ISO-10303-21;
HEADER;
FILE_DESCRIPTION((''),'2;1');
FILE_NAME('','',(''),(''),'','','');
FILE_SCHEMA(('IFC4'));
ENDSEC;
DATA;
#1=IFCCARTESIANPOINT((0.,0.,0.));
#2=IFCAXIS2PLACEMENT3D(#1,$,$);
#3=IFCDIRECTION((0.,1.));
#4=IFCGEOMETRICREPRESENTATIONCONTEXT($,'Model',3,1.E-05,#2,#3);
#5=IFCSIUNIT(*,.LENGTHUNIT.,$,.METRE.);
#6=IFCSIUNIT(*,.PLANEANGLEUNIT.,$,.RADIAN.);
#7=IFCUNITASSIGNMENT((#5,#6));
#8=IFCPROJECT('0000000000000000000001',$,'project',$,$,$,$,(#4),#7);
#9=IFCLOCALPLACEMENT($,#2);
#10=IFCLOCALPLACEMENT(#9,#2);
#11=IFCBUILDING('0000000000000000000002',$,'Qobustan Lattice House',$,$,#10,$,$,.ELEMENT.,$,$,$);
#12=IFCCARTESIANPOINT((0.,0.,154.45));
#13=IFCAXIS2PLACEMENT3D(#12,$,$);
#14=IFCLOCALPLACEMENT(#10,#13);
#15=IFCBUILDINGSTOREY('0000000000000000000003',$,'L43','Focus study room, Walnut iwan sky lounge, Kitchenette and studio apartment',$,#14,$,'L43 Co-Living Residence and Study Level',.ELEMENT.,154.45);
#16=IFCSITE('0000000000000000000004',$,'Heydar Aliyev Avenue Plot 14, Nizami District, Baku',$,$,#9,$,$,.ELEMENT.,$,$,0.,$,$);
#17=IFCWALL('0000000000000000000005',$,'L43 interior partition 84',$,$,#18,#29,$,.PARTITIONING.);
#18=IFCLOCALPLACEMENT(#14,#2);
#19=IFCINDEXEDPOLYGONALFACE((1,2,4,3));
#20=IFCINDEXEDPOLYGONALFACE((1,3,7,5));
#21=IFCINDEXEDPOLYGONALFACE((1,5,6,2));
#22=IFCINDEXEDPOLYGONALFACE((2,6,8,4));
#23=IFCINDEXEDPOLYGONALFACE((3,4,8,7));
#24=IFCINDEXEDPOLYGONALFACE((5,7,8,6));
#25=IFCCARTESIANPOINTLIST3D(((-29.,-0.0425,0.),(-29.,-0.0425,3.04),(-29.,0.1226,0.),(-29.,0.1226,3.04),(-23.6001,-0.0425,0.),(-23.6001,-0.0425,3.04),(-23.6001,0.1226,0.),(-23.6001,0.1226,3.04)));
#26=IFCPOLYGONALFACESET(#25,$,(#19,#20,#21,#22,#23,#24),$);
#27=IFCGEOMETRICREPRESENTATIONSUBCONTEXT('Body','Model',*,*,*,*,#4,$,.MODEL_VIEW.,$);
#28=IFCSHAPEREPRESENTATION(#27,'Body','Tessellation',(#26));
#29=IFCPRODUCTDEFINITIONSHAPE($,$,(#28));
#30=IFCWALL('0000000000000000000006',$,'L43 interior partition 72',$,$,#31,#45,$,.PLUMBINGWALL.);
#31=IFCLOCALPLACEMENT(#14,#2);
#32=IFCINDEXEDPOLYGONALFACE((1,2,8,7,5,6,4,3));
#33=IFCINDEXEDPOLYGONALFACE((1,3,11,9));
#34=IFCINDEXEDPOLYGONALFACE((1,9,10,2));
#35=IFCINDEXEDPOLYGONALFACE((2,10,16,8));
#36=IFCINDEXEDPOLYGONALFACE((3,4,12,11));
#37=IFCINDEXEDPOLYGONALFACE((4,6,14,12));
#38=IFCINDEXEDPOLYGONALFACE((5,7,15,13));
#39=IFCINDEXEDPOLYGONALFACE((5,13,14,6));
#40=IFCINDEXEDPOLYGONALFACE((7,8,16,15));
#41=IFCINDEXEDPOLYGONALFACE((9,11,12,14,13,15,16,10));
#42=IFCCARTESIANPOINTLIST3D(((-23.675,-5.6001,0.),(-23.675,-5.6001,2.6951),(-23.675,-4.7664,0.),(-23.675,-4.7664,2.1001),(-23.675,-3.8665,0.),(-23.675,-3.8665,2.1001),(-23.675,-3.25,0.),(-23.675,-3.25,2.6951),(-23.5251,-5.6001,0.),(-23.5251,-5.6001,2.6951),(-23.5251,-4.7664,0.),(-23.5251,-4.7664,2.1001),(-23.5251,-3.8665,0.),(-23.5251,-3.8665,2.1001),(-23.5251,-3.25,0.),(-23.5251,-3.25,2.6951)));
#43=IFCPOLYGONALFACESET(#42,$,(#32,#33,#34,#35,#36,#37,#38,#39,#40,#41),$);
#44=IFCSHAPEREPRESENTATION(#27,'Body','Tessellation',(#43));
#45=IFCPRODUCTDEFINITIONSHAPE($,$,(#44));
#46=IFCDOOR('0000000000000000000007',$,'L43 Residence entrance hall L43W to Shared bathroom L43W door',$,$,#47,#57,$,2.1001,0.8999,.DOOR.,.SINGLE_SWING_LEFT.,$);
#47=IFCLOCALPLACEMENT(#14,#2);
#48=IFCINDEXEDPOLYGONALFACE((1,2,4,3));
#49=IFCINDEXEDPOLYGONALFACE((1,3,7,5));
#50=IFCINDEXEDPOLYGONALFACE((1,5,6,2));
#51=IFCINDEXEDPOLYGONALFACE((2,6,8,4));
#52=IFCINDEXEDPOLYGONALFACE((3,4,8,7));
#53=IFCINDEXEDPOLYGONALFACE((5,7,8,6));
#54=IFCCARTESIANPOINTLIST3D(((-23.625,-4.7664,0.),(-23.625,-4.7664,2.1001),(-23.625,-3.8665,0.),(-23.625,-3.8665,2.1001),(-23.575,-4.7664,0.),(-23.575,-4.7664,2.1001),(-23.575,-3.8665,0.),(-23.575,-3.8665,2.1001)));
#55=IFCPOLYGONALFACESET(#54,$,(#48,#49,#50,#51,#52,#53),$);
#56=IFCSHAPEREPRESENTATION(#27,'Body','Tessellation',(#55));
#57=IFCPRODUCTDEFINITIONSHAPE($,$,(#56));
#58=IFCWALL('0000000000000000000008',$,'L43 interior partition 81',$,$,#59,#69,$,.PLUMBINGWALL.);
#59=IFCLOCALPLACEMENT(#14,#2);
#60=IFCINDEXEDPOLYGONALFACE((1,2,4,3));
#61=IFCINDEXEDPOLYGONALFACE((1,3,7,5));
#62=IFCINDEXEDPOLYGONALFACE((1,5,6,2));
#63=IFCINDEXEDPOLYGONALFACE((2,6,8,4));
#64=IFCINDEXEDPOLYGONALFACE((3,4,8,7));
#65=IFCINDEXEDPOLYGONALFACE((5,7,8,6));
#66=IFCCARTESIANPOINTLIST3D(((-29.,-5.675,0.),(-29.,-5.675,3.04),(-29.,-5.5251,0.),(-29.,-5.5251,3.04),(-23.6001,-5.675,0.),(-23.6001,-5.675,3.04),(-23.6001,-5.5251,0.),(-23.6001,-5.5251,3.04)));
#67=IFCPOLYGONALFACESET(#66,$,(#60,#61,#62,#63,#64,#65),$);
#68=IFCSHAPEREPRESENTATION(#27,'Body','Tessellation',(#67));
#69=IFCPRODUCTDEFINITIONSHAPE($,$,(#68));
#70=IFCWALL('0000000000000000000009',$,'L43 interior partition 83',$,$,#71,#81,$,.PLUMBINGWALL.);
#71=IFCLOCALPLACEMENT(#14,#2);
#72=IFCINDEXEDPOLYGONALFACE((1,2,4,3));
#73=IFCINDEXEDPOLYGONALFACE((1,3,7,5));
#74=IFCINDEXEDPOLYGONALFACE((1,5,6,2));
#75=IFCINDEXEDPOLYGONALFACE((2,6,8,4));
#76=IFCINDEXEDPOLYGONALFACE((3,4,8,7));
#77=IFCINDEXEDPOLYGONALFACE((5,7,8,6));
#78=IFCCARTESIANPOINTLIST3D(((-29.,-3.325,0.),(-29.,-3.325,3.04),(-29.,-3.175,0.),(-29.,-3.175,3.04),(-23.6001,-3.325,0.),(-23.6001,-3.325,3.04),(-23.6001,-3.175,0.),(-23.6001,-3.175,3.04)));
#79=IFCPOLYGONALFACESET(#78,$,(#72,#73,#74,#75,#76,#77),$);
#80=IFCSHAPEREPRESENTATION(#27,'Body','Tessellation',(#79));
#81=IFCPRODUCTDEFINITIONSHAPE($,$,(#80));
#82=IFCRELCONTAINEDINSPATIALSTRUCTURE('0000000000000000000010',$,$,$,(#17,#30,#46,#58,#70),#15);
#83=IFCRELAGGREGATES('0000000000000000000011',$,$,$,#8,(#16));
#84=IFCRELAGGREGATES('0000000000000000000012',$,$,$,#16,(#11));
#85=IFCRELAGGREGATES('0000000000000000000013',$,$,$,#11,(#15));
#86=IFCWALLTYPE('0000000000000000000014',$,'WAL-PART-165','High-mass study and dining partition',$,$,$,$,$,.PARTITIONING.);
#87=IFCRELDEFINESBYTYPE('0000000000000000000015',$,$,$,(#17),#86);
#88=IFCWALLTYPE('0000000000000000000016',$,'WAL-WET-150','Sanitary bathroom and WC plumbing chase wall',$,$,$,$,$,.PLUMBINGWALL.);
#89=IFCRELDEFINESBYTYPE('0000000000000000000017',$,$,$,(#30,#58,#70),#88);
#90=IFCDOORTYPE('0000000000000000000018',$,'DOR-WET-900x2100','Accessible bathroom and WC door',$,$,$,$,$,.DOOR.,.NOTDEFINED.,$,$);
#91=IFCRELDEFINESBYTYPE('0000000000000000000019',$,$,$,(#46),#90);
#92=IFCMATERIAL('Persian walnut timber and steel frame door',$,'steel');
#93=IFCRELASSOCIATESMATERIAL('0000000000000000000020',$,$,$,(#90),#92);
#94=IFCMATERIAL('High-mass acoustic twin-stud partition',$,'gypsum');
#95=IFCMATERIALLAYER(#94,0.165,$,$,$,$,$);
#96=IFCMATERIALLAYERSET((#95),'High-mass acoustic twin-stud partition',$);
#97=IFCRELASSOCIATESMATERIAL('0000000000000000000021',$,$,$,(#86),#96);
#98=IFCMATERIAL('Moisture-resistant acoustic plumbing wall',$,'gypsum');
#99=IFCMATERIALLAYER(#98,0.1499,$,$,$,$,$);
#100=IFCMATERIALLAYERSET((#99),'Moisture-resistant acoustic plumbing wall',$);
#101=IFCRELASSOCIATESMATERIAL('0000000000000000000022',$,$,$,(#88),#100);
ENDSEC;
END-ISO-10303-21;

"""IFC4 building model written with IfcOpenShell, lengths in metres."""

from ifc_helpers import new_model, si_unit, direction, frame, frame_2d, origin, place, context, subcontext, project, spatial, rectangle, extrude, material, layer, layer_set, type_object, element, fill, save


model = new_model("IFC4")

# Units and contexts
model_context = context("Model", 3, precision=1e-05, world=origin(), true_north=direction((0.0, 1.0)))
body_context = subcontext(model_context, "Body", "Model", "MODEL_VIEW")
ifc_project = project(units=[si_unit("LENGTHUNIT", "METRE"), si_unit("PLANEANGLEUNIT", "RADIAN")], contexts=[model_context])

# Site, building, storey
site_placement = place(None, origin())
site = spatial("IfcSite", under=ifc_project, at=site_placement, Name="Heydar Aliyev Avenue Plot 14, Nizami District, Baku", CompositionType="ELEMENT", RefElevation=0.0)
building_placement = place(site_placement, origin())
building = spatial("IfcBuilding", under=site, at=building_placement, Name="Qobustan Lattice House", CompositionType="ELEMENT")
storey_placement = place(building_placement, frame((0.0, 0.0, 154.45)))
storey = spatial("IfcBuildingStorey", under=building, at=storey_placement, Name="L43", Description="Focus study room, Walnut iwan sky lounge, Kitchenette and studio apartment", LongName="L43 Co-Living Residence and Study Level", CompositionType="ELEMENT", Elevation=154.45)

# Shared definitions
ifc_material_1 = material(Name="Persian walnut timber and steel frame door", Category="steel")
door_type_1 = type_object("IfcDoorType", Name="DOR-WET-900x2100", Description="Accessible bathroom and WC door", OperationType="NOTDEFINED", PredefinedType="DOOR", material=ifc_material_1)

# Shared definitions
ifc_material_2 = material(Name="High-mass acoustic twin-stud partition", Category="gypsum")
ifc_layer_1 = layer(ifc_material_2, 0.165)
ifc_layer_set_1 = layer_set([ifc_layer_1], Name="High-mass acoustic twin-stud partition")
wall_type_1 = type_object("IfcWallType", Name="WAL-PART-165", Description="High-mass study and dining partition", PredefinedType="PARTITIONING", material=ifc_layer_set_1)

# Wall
wall_1_placement = place(storey_placement, frame((-29.0, 0.04, 0.0), z_axis=(0.0, 0.0, 1.0), x_axis=(1.0, 0.0, 0.0)))
element("IfcWall", 1, at=wall_1_placement, inside=storey, type_object=wall_type_1, Name="L43 interior partition 84", PredefinedType="PARTITIONING", context=body_context, shape_type="SweptSolid", body=[
    extrude(rectangle(XDim=5.3999, YDim=0.165, at=frame_2d((2.7, 0.0))), origin(), (0.0, 0.0, 1.0), 3.04),
])

# Wall, opening, door
ifc_material_3 = material(Name="Moisture-resistant acoustic plumbing wall", Category="gypsum")
ifc_layer_2 = layer(ifc_material_3, 0.1499)
ifc_layer_set_2 = layer_set([ifc_layer_2], Name="Moisture-resistant acoustic plumbing wall")
wall_type_2 = type_object("IfcWallType", Name="WAL-WET-150", Description="Sanitary bathroom and WC plumbing chase wall", PredefinedType="PLUMBINGWALL", material=ifc_layer_set_2)
wall_2_placement = place(storey_placement, frame((-23.6001, -5.6001, 0.0), z_axis=(0.0, 0.0, 1.0), x_axis=(0.0, 1.0, 0.0)))
wall_2 = element("IfcWall", 2, at=wall_2_placement, inside=storey, type_object=wall_type_2, Name="L43 interior partition 72", PredefinedType="PLUMBINGWALL", context=body_context, shape_type="SweptSolid", body=[
    extrude(rectangle(XDim=2.3501, YDim=0.1499, at=frame_2d((1.175, 0.0))), origin(), (0.0, 0.0, 1.0), 2.6951),
])
opening_1_placement = place(wall_2_placement, frame((0.8337, 0.0, 0.0)))
opening_1 = element("IfcOpeningElement", 3, at=opening_1_placement, cuts=wall_2, PredefinedType="OPENING", context=body_context, shape_type="SweptSolid", body=[
    extrude(rectangle(XDim=0.8999, YDim=2.1001, at=frame_2d((0.45, 1.05))), frame((0.0, 0.085, 0.0), z_axis=(0.0, -1.0, 0.0), x_axis=(1.0, 0.0, 0.0)), (0.0, 0.0, 1.0), 0.1699),
])
door_1_placement = place(opening_1_placement, origin())
door_1 = element("IfcDoor", 4, at=door_1_placement, inside=storey, type_object=door_type_1, Name="L43 Residence entrance hall L43W to Shared bathroom L43W door", OperationType="SINGLE_SWING_LEFT", OverallHeight=2.1001, OverallWidth=0.8999, PredefinedType="DOOR", context=body_context, shape_type="SweptSolid", body=[
    extrude(rectangle(XDim=0.8999, YDim=2.1001, at=frame_2d((0.45, 1.05))), frame((0.0, 0.0249, 0.0), z_axis=(0.0, -1.0, 0.0), x_axis=(1.0, 0.0, 0.0)), (0.0, 0.0, 1.0), 0.05),
])
fill(opening_1, door_1)

# Walls
for number, where, z_axis, x_axis, name in (
    (5, (-29.0, -5.6001, 0.0), (0.0, 0.0, 1.0), (1.0, 0.0, 0.0), "L43 interior partition 81"),
    (6, (-29.0, -3.25, 0.0), (0.0, 0.0, 1.0), (1.0, 0.0, 0.0), "L43 interior partition 83"),
):
    element("IfcWall", number, at=place(storey_placement, frame(where, z_axis=z_axis, x_axis=x_axis)), inside=storey, type_object=wall_type_2, Name=name, PredefinedType="PLUMBINGWALL", context=body_context, shape_type="SweptSolid", body=[
        extrude(rectangle(XDim=5.3999, YDim=0.1499, at=frame_2d((2.7, 0.0))), origin(), (0.0, 0.0, 1.0), 3.04),
    ])

save(model, "model.ifc")
